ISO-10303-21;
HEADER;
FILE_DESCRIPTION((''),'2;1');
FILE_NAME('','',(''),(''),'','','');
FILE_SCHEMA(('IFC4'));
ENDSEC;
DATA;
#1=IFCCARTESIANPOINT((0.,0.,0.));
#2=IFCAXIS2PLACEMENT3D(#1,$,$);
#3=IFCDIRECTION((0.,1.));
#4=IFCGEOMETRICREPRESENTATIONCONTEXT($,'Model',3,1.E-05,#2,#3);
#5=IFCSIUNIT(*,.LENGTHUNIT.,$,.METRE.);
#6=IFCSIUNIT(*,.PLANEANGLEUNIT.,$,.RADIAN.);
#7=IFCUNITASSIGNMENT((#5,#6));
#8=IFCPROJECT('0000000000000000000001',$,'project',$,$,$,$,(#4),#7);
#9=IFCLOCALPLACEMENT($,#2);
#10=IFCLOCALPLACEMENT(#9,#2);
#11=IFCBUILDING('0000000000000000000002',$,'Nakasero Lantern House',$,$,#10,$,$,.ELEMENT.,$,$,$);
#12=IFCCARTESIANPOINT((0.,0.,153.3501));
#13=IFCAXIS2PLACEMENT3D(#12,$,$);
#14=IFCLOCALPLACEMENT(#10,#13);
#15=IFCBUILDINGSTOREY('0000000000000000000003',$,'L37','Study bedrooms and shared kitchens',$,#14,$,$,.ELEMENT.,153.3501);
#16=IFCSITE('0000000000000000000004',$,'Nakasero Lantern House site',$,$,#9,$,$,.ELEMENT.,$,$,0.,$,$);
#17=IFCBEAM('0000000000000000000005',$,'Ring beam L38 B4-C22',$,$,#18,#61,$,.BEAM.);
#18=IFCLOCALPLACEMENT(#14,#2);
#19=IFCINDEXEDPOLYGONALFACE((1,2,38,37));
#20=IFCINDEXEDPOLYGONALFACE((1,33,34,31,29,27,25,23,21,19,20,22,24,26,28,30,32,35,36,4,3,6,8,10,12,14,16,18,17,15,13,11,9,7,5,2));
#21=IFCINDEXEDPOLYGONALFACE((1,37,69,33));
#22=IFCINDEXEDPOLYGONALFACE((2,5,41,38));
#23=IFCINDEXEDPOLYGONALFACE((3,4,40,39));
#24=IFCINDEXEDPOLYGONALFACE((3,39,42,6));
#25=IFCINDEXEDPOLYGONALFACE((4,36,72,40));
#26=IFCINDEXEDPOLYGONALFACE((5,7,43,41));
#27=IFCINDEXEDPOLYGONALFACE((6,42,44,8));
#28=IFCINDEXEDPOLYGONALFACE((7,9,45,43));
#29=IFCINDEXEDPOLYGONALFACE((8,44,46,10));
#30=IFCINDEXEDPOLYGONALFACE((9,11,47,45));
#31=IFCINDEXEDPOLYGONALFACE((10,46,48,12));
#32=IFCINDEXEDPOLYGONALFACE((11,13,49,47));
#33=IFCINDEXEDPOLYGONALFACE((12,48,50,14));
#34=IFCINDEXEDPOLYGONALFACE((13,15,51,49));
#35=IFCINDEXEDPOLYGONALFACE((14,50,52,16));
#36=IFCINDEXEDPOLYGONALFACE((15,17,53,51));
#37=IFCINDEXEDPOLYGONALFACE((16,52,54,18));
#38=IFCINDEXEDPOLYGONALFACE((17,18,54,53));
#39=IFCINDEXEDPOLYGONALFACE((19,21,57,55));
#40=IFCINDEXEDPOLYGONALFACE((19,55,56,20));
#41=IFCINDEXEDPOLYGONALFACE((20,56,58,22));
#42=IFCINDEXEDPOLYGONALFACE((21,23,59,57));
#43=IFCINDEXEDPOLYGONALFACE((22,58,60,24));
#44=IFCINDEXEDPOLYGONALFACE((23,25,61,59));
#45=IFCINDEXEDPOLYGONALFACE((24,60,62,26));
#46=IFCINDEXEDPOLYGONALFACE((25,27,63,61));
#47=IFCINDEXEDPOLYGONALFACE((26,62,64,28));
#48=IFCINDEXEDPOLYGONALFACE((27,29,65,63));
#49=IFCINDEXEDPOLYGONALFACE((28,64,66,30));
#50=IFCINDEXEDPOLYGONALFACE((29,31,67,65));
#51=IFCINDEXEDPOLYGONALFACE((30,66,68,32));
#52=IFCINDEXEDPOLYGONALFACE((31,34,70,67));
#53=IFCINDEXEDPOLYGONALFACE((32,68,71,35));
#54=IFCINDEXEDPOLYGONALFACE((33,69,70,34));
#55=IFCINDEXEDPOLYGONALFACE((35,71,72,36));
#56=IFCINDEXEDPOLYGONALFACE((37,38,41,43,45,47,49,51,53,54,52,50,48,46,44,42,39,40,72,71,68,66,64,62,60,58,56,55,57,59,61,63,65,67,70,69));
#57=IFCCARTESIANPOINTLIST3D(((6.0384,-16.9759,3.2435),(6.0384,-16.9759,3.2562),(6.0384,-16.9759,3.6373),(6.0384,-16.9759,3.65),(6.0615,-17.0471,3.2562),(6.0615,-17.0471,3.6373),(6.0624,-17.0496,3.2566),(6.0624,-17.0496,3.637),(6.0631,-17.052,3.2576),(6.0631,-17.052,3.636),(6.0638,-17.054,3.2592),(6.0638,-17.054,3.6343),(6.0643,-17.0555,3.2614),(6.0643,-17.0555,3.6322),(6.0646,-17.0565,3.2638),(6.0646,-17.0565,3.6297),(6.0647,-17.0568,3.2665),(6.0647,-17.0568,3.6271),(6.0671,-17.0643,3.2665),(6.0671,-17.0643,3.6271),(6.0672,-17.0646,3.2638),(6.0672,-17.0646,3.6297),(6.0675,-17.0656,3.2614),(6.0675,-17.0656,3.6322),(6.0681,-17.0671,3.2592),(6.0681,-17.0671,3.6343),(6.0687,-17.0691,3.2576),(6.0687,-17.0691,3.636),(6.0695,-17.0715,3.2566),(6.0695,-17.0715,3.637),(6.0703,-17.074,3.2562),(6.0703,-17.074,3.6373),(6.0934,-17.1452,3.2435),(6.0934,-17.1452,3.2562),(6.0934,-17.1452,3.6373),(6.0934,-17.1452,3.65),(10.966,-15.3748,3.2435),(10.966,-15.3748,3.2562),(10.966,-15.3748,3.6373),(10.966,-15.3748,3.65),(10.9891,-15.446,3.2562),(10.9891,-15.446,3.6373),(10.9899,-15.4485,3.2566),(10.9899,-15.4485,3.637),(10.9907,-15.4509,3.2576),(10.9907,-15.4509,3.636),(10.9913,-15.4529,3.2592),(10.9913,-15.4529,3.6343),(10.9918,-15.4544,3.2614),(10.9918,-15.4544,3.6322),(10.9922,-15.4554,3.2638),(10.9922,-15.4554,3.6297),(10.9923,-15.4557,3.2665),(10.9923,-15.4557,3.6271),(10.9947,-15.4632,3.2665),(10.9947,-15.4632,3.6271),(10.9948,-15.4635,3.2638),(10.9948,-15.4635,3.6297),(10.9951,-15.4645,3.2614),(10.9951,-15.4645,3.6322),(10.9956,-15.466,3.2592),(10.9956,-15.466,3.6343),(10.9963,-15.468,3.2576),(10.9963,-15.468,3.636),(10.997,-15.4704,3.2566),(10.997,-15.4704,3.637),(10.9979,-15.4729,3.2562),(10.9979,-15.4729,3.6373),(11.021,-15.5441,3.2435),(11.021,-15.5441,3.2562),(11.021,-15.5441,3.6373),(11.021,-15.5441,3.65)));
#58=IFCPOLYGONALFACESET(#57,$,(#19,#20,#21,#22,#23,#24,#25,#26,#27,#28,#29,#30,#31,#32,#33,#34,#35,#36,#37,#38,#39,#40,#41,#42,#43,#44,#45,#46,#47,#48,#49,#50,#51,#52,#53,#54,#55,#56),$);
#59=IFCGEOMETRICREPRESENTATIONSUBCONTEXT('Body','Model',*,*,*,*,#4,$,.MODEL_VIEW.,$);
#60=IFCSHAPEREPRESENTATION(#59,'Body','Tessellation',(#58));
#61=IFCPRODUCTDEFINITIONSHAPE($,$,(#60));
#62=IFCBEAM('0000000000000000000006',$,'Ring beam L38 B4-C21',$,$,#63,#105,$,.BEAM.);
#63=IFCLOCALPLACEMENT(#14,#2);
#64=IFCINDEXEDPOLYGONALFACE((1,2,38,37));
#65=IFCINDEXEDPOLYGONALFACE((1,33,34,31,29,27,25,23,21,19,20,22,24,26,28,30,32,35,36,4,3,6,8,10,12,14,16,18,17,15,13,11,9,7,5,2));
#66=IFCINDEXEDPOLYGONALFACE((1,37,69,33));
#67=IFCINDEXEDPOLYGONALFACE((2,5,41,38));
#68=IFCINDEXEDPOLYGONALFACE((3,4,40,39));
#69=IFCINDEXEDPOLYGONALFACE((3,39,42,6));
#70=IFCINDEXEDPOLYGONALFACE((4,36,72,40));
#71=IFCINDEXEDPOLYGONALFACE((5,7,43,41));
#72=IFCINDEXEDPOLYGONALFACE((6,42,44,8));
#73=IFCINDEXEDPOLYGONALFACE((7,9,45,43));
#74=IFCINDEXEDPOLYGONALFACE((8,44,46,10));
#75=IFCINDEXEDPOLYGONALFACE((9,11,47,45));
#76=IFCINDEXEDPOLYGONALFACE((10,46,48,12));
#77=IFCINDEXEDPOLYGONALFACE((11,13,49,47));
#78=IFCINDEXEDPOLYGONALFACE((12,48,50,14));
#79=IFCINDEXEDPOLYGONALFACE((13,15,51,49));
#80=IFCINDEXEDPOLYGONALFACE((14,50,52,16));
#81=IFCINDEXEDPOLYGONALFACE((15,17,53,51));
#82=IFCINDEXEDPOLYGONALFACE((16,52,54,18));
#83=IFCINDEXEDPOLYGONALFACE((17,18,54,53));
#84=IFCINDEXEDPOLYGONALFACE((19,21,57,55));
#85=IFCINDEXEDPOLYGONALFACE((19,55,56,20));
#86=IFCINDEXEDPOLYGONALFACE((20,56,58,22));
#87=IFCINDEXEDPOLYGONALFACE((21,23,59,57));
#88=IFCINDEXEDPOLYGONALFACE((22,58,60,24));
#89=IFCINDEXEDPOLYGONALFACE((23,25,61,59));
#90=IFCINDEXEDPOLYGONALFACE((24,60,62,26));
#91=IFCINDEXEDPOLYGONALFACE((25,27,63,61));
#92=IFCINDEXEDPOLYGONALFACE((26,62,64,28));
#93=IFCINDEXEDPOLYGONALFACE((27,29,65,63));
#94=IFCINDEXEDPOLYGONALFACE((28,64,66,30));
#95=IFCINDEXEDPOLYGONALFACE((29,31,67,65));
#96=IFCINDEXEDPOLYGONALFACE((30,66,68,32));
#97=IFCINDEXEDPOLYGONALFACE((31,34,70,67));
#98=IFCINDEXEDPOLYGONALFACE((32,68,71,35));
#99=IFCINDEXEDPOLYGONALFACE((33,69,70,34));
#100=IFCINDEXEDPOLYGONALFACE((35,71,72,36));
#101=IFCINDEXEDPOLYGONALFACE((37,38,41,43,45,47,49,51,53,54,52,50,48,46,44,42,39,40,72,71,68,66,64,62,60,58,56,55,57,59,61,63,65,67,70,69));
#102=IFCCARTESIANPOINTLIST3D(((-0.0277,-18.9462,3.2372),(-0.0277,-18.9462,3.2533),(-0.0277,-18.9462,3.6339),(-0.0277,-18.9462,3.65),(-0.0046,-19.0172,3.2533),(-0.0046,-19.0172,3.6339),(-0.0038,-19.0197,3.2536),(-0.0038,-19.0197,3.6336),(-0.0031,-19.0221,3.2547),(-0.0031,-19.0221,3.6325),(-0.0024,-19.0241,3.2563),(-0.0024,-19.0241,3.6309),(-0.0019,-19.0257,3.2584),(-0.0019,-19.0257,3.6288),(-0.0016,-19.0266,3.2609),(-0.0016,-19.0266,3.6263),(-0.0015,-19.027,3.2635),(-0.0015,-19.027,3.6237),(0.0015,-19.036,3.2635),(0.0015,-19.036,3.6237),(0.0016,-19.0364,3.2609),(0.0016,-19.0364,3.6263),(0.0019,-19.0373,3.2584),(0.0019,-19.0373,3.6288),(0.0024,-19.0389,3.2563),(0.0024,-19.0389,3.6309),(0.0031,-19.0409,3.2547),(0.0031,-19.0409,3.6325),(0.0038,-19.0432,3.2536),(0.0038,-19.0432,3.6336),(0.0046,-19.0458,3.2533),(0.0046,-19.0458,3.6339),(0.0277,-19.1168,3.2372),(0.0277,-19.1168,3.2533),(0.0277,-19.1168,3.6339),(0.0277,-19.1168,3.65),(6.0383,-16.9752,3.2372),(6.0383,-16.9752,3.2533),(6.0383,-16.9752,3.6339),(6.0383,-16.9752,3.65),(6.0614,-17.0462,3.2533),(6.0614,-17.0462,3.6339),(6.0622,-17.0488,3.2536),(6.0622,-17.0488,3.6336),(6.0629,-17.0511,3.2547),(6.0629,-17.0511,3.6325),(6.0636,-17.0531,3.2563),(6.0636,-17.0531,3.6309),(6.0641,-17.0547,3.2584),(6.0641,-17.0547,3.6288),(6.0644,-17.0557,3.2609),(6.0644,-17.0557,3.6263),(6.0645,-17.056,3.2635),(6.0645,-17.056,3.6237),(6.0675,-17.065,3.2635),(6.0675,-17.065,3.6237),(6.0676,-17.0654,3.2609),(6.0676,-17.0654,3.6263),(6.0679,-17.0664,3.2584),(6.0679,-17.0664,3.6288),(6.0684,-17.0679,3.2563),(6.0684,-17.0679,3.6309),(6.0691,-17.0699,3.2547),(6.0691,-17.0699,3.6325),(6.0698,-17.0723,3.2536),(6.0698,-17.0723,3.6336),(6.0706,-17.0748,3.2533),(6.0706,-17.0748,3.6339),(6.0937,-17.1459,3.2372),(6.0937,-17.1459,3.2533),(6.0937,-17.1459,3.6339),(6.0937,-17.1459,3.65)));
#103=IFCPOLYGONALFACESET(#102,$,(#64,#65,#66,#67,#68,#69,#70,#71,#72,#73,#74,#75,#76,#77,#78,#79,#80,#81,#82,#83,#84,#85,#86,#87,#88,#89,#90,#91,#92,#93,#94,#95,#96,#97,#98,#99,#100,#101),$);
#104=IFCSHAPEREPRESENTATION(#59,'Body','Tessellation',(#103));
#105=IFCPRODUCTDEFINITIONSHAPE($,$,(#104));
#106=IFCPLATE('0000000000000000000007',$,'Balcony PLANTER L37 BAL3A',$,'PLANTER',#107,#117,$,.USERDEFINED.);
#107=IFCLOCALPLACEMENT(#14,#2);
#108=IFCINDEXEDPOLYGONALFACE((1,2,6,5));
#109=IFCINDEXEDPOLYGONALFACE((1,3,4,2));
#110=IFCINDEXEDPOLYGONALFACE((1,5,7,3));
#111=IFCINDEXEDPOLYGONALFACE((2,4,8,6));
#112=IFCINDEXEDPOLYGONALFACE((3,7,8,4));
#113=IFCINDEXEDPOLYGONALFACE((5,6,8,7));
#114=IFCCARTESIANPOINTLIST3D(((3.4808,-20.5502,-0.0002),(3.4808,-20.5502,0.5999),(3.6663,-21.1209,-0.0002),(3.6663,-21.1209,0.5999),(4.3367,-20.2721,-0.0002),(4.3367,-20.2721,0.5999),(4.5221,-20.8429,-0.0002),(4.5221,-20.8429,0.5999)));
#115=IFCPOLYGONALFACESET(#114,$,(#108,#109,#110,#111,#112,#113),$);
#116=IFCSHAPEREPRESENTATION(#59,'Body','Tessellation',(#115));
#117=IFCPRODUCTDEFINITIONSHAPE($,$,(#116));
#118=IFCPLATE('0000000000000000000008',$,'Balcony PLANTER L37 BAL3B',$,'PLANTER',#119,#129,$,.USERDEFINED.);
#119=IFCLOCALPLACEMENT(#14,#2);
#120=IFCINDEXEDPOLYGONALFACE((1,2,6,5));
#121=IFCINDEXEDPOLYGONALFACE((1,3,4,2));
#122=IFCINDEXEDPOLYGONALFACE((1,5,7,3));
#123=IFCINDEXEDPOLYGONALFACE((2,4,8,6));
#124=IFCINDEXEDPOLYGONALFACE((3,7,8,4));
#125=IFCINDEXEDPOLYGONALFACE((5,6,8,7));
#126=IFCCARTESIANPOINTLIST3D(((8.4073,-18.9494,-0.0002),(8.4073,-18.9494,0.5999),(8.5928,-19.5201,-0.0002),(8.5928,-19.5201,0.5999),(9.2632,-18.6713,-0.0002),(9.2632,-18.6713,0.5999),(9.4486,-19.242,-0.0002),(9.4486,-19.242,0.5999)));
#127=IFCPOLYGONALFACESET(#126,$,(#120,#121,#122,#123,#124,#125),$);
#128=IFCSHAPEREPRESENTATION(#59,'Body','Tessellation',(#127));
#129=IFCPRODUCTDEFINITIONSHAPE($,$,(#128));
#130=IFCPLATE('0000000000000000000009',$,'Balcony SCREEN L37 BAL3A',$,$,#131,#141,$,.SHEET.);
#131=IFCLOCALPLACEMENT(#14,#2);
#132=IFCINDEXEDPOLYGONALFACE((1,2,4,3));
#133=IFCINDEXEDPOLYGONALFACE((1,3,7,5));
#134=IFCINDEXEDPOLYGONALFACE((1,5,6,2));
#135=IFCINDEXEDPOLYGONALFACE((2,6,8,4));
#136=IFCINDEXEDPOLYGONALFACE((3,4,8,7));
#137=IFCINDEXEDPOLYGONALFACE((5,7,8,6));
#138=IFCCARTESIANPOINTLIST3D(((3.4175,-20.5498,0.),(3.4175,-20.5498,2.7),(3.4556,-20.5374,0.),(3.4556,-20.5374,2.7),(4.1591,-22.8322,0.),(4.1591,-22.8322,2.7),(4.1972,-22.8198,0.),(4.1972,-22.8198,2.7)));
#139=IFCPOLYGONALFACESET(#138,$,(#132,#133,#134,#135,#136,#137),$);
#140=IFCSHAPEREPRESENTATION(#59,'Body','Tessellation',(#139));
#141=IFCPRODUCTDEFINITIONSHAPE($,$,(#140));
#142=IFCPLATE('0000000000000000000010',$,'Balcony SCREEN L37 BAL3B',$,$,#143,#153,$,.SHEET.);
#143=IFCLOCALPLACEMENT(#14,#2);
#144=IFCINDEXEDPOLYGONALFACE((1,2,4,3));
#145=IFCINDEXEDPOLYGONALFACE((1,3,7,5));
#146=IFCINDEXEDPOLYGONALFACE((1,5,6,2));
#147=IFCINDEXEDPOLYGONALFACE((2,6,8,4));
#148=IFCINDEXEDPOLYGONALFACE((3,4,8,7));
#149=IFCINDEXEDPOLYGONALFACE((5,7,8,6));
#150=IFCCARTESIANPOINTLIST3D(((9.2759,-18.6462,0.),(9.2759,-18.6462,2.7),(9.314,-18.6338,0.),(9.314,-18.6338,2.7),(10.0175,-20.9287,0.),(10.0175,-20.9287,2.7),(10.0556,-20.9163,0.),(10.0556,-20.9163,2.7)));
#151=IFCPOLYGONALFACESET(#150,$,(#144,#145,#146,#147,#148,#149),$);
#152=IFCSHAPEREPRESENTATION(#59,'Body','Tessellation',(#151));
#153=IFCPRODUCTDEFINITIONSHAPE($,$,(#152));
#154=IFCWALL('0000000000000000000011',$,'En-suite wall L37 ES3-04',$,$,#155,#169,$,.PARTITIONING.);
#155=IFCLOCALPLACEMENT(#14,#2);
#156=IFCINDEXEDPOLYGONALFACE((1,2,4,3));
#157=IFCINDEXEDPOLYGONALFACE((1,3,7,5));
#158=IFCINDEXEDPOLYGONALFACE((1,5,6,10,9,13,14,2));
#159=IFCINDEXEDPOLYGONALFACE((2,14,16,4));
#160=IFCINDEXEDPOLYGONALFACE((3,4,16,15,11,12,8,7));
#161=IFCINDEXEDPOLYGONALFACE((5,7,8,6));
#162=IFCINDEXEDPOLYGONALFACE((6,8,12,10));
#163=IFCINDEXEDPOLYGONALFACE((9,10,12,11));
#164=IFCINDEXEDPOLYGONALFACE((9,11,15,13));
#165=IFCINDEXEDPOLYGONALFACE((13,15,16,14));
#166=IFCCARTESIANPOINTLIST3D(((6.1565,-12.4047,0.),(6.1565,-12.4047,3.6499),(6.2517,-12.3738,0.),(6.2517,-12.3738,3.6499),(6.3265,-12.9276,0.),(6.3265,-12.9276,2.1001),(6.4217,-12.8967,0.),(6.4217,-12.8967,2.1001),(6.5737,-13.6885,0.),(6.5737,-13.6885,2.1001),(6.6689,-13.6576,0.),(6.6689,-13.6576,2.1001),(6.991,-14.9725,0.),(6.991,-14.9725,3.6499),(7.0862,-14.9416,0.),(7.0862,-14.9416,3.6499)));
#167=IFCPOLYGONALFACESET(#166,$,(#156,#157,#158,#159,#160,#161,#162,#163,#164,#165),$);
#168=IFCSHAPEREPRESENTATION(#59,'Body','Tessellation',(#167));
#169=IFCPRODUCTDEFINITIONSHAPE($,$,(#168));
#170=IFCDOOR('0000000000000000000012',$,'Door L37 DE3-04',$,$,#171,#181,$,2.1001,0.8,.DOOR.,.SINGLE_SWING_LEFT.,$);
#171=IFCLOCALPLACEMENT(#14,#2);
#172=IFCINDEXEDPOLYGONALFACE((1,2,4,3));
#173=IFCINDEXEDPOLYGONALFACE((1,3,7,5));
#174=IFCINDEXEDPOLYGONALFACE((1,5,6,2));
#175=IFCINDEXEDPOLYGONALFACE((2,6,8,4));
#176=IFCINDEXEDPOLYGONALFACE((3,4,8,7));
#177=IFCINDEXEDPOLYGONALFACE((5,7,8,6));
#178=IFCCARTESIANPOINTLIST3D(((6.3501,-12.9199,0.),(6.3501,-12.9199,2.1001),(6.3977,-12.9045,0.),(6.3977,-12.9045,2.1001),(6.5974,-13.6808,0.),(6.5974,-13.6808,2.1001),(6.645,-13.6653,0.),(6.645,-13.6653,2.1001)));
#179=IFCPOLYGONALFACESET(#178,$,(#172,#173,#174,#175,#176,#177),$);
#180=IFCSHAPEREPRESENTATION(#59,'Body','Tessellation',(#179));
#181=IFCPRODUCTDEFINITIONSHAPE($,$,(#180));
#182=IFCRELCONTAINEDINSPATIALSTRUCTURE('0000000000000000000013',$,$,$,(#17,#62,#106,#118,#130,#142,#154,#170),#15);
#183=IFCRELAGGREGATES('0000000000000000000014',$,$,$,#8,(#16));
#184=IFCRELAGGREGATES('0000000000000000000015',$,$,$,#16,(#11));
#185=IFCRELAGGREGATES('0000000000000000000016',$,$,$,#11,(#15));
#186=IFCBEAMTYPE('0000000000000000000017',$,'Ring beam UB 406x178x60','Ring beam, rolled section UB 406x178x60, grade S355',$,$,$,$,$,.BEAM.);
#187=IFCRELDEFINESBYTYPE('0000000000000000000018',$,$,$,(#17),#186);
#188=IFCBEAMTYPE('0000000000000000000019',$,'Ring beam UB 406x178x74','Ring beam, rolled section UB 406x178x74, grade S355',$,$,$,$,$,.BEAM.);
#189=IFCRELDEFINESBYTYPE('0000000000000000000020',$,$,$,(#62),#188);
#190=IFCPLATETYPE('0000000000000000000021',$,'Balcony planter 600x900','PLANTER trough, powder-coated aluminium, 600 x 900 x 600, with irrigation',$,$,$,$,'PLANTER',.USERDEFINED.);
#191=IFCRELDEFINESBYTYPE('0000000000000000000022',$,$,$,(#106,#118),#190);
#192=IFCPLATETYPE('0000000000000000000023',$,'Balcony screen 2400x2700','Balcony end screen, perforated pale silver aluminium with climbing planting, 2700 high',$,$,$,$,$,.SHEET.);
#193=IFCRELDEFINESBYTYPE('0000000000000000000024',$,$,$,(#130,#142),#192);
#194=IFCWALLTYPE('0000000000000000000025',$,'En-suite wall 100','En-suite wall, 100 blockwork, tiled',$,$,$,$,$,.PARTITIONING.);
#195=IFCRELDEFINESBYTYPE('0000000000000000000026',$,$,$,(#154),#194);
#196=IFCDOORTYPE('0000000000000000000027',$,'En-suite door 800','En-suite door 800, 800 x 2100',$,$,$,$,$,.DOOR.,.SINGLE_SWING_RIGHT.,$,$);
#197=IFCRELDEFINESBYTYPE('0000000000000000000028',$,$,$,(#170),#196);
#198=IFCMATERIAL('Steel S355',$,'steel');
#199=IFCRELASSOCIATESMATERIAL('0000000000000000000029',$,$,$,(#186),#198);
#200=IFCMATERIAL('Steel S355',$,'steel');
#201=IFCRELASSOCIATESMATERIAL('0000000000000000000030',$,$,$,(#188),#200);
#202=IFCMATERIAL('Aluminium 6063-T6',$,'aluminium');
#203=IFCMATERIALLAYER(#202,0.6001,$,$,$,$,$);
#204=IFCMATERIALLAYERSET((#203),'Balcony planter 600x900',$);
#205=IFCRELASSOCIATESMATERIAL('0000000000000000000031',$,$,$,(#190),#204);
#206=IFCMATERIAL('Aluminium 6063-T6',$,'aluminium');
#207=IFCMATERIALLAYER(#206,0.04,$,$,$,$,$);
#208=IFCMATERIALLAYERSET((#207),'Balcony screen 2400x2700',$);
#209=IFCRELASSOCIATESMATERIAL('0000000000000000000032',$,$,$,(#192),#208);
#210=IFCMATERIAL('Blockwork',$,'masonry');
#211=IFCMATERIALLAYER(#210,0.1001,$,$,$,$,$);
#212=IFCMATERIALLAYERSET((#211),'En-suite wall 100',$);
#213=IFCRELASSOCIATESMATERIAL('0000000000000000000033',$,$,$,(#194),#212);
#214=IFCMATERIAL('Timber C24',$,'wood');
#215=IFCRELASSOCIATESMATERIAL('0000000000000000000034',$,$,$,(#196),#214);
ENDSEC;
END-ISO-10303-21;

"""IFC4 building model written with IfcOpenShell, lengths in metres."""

from ifc_helpers import new_model, si_unit, direction, frame, frame_2d, origin, origin_2d, place, context, subcontext, project, spatial, rectangle, i_section, extrude, material, layer, layer_set, material_profile, profile_set, type_object, element, fill, save


model = new_model("IFC4")

# Units and contexts
model_context = context("Model", 3, precision=1e-05, world=origin(), true_north=direction((0.0, 1.0)))
body_context = subcontext(model_context, "Body", "Model", "MODEL_VIEW")
ifc_project = project(units=[si_unit("LENGTHUNIT", "METRE"), si_unit("PLANEANGLEUNIT", "RADIAN")], contexts=[model_context])

# Site, building, storey
site_placement = place(None, origin())
site = spatial("IfcSite", under=ifc_project, at=site_placement, Name="Nakasero Lantern House site", CompositionType="ELEMENT", RefElevation=0.0)
building_placement = place(site_placement, origin())
building = spatial("IfcBuilding", under=site, at=building_placement, Name="Nakasero Lantern House", CompositionType="ELEMENT")
storey_placement = place(building_placement, frame((0.0, 0.0, 153.3501)))
storey = spatial("IfcBuildingStorey", under=building, at=storey_placement, Name="L37", Description="Study bedrooms and shared kitchens", CompositionType="ELEMENT", Elevation=153.3501)

# Beams
ifc_material_1 = material(Name="Steel S355", Category="steel")
ifc_material_profile_1 = material_profile(ifc_material_1, i_section(OverallWidth=0.178, OverallDepth=0.4065, WebThickness=0.0078, FlangeThickness=0.0127, FilletRadius=0.0103, at=origin_2d()), Name="UB 406x178x60")
ifc_profile_set_1 = profile_set([ifc_material_profile_1], Name="Steel S355")
beam_type_1 = type_object("IfcBeamType", Name="Ring beam UB 406x178x60", Description="Ring beam, rolled section UB 406x178x60, grade S355", PredefinedType="BEAM", material=ifc_profile_set_1)
beam_1_placement = place(storey_placement, frame((6.0659, -17.0605, 3.4468), z_axis=(0.951054, 0.309023, 0.0), x_axis=(-0.309023, 0.951054, 0.0)))
element("IfcBeam", 1, at=beam_1_placement, inside=storey, type_object=beam_type_1, Name="Ring beam L38 B4-C22", PredefinedType="BEAM", context=body_context, shape_type="SweptSolid", body=[
    extrude(i_section(OverallWidth=0.178, OverallDepth=0.4065, WebThickness=0.0078, FlangeThickness=0.0127, FilletRadius=0.0103, at=origin_2d()), origin(), (0.0, 0.0, 1.0), 5.1812),
])
ifc_material_2 = material(Name="Steel S355", Category="steel")
ifc_material_profile_2 = material_profile(ifc_material_2, i_section(OverallWidth=0.1794, OverallDepth=0.4128, WebThickness=0.0095, FlangeThickness=0.0161, FilletRadius=0.0103, at=origin_2d()), Name="UB 406x178x74")
ifc_profile_set_2 = profile_set([ifc_material_profile_2], Name="Steel S355")
beam_type_2 = type_object("IfcBeamType", Name="Ring beam UB 406x178x74", Description="Ring beam, rolled section UB 406x178x74, grade S355", PredefinedType="BEAM", material=ifc_profile_set_2)
beam_2_placement = place(storey_placement, frame((0.0, -19.0315, 3.4436), z_axis=(0.951056, 0.309019, 0.0), x_axis=(-0.309019, 0.951056, 0.0)))
element("IfcBeam", 2, at=beam_2_placement, inside=storey, type_object=beam_type_2, Name="Ring beam L38 B4-C21", PredefinedType="BEAM", context=body_context, shape_type="SweptSolid", body=[
    extrude(i_section(OverallWidth=0.1794, OverallDepth=0.4128, WebThickness=0.0095, FlangeThickness=0.0161, FilletRadius=0.0103, at=origin_2d()), origin(), (0.0, 0.0, 1.0), 6.3782),
])

# Plates
ifc_material_3 = material(Name="Aluminium 6063-T6", Category="aluminium")
ifc_layer_1 = layer(ifc_material_3, 0.6001)
ifc_layer_set_1 = layer_set([ifc_layer_1], Name="Balcony planter 600x900")
plate_type_1 = type_object("IfcPlateType", Name="Balcony planter 600x900", Description="PLANTER trough, powder-coated aluminium, 600 x 900 x 600, with irrigation", ElementType="PLANTER", PredefinedType="USERDEFINED", material=ifc_layer_set_1)
for number, where, z_axis, x_axis, name in (
    (3, (4.0015, -20.6965, -0.0002), (0.0, 0.0, 1.0), (0.309017, -0.951057, 0.0), "Balcony PLANTER L37 BAL3A"),
    (4, (8.928, -19.0957, -0.0002), (0.0, 0.0, 1.0), (0.309017, -0.951057, 0.0), "Balcony PLANTER L37 BAL3B"),
):
    element("IfcPlate", number, at=place(storey_placement, frame(where, z_axis=z_axis, x_axis=x_axis)), inside=storey, type_object=plate_type_1, Name=name, ObjectType="PLANTER", PredefinedType="USERDEFINED", context=body_context, shape_type="SweptSolid", body=[
        extrude(rectangle(XDim=0.6001, YDim=0.8999, at=origin_2d()), origin(), (0.0, 0.0, 1.0), 0.6001),
    ])
ifc_material_4 = material(Name="Aluminium 6063-T6", Category="aluminium")
ifc_layer_2 = layer(ifc_material_4, 0.04)
ifc_layer_set_2 = layer_set([ifc_layer_2], Name="Balcony screen 2400x2700")
plate_type_2 = type_object("IfcPlateType", Name="Balcony screen 2400x2700", Description="Balcony end screen, perforated pale silver aluminium with climbing planting, 2700 high", PredefinedType="SHEET", material=ifc_layer_set_2)
for number, where, z_axis, x_axis, name in (
    (5, (3.8074, -21.6848, 0.0), (0.0, 0.0, 1.0), (0.309017, -0.951057, 0.0), "Balcony SCREEN L37 BAL3A"),
    (6, (9.6658, -19.7812, 0.0), (0.0, 0.0, 1.0), (0.309017, -0.951057, 0.0), "Balcony SCREEN L37 BAL3B"),
):
    element("IfcPlate", number, at=place(storey_placement, frame(where, z_axis=z_axis, x_axis=x_axis)), inside=storey, type_object=plate_type_2, Name=name, PredefinedType="SHEET", context=body_context, shape_type="SweptSolid", body=[
        extrude(rectangle(XDim=2.3999, YDim=0.04, at=origin_2d()), origin(), (0.0, 0.0, 1.0), 2.7),
    ])

# Wall, opening, door
ifc_material_5 = material(Name="Blockwork", Category="masonry")
ifc_layer_3 = layer(ifc_material_5, 0.1001)
ifc_layer_set_3 = layer_set([ifc_layer_3], Name="En-suite wall 100")
wall_type_1 = type_object("IfcWallType", Name="En-suite wall 100", Description="En-suite wall, 100 blockwork, tiled", PredefinedType="PARTITIONING", material=ifc_layer_set_3)
wall_1_placement = place(storey_placement, frame((6.2041, -12.3892, 0.0), z_axis=(0.0, 0.0, 1.0), x_axis=(0.309057, -0.951043, 0.0)))
wall_1 = element("IfcWall", 7, at=wall_1_placement, inside=storey, type_object=wall_type_1, Name="En-suite wall L37 ES3-04", PredefinedType="PARTITIONING", context=body_context, shape_type="SweptSolid", body=[
    extrude(rectangle(XDim=2.7, YDim=0.1001, at=frame_2d((1.3501, 0.0))), origin(), (0.0, 0.0, 1.0), 3.6499),
])
opening_1_placement = place(wall_1_placement, frame((0.55, 0.0, 0.0)))
opening_1 = element("IfcOpeningElement", 8, at=opening_1_placement, cuts=wall_1, PredefinedType="OPENING", context=body_context, shape_type="SweptSolid", body=[
    extrude(rectangle(XDim=0.8, YDim=2.1001, at=frame_2d((0.3999, 1.05))), frame((0.0, 0.0701, 0.0), z_axis=(0.0, -1.0, 0.0), x_axis=(1.0, 0.0, 0.0)), (0.0, 0.0, 1.0), 0.1401),
])
ifc_material_6 = material(Name="Timber C24", Category="wood")
door_type_1 = type_object("IfcDoorType", Name="En-suite door 800", Description="En-suite door 800, 800 x 2100", OperationType="SINGLE_SWING_RIGHT", PredefinedType="DOOR", material=ifc_material_6)
door_1_placement = place(opening_1_placement, origin())
door_1 = element("IfcDoor", 9, at=door_1_placement, inside=storey, type_object=door_type_1, Name="Door L37 DE3-04", OperationType="SINGLE_SWING_LEFT", OverallHeight=2.1001, OverallWidth=0.8, PredefinedType="DOOR", context=body_context, shape_type="SweptSolid", body=[
    extrude(rectangle(XDim=0.8, YDim=2.1001, at=frame_2d((0.3999, 1.05))), frame((0.0, 0.0249, 0.0), z_axis=(0.0, -1.0, 0.0), x_axis=(1.0, 0.0, 0.0)), (0.0, 0.0, 1.0), 0.05),
])
fill(opening_1, door_1)

save(model, "model.ifc")
